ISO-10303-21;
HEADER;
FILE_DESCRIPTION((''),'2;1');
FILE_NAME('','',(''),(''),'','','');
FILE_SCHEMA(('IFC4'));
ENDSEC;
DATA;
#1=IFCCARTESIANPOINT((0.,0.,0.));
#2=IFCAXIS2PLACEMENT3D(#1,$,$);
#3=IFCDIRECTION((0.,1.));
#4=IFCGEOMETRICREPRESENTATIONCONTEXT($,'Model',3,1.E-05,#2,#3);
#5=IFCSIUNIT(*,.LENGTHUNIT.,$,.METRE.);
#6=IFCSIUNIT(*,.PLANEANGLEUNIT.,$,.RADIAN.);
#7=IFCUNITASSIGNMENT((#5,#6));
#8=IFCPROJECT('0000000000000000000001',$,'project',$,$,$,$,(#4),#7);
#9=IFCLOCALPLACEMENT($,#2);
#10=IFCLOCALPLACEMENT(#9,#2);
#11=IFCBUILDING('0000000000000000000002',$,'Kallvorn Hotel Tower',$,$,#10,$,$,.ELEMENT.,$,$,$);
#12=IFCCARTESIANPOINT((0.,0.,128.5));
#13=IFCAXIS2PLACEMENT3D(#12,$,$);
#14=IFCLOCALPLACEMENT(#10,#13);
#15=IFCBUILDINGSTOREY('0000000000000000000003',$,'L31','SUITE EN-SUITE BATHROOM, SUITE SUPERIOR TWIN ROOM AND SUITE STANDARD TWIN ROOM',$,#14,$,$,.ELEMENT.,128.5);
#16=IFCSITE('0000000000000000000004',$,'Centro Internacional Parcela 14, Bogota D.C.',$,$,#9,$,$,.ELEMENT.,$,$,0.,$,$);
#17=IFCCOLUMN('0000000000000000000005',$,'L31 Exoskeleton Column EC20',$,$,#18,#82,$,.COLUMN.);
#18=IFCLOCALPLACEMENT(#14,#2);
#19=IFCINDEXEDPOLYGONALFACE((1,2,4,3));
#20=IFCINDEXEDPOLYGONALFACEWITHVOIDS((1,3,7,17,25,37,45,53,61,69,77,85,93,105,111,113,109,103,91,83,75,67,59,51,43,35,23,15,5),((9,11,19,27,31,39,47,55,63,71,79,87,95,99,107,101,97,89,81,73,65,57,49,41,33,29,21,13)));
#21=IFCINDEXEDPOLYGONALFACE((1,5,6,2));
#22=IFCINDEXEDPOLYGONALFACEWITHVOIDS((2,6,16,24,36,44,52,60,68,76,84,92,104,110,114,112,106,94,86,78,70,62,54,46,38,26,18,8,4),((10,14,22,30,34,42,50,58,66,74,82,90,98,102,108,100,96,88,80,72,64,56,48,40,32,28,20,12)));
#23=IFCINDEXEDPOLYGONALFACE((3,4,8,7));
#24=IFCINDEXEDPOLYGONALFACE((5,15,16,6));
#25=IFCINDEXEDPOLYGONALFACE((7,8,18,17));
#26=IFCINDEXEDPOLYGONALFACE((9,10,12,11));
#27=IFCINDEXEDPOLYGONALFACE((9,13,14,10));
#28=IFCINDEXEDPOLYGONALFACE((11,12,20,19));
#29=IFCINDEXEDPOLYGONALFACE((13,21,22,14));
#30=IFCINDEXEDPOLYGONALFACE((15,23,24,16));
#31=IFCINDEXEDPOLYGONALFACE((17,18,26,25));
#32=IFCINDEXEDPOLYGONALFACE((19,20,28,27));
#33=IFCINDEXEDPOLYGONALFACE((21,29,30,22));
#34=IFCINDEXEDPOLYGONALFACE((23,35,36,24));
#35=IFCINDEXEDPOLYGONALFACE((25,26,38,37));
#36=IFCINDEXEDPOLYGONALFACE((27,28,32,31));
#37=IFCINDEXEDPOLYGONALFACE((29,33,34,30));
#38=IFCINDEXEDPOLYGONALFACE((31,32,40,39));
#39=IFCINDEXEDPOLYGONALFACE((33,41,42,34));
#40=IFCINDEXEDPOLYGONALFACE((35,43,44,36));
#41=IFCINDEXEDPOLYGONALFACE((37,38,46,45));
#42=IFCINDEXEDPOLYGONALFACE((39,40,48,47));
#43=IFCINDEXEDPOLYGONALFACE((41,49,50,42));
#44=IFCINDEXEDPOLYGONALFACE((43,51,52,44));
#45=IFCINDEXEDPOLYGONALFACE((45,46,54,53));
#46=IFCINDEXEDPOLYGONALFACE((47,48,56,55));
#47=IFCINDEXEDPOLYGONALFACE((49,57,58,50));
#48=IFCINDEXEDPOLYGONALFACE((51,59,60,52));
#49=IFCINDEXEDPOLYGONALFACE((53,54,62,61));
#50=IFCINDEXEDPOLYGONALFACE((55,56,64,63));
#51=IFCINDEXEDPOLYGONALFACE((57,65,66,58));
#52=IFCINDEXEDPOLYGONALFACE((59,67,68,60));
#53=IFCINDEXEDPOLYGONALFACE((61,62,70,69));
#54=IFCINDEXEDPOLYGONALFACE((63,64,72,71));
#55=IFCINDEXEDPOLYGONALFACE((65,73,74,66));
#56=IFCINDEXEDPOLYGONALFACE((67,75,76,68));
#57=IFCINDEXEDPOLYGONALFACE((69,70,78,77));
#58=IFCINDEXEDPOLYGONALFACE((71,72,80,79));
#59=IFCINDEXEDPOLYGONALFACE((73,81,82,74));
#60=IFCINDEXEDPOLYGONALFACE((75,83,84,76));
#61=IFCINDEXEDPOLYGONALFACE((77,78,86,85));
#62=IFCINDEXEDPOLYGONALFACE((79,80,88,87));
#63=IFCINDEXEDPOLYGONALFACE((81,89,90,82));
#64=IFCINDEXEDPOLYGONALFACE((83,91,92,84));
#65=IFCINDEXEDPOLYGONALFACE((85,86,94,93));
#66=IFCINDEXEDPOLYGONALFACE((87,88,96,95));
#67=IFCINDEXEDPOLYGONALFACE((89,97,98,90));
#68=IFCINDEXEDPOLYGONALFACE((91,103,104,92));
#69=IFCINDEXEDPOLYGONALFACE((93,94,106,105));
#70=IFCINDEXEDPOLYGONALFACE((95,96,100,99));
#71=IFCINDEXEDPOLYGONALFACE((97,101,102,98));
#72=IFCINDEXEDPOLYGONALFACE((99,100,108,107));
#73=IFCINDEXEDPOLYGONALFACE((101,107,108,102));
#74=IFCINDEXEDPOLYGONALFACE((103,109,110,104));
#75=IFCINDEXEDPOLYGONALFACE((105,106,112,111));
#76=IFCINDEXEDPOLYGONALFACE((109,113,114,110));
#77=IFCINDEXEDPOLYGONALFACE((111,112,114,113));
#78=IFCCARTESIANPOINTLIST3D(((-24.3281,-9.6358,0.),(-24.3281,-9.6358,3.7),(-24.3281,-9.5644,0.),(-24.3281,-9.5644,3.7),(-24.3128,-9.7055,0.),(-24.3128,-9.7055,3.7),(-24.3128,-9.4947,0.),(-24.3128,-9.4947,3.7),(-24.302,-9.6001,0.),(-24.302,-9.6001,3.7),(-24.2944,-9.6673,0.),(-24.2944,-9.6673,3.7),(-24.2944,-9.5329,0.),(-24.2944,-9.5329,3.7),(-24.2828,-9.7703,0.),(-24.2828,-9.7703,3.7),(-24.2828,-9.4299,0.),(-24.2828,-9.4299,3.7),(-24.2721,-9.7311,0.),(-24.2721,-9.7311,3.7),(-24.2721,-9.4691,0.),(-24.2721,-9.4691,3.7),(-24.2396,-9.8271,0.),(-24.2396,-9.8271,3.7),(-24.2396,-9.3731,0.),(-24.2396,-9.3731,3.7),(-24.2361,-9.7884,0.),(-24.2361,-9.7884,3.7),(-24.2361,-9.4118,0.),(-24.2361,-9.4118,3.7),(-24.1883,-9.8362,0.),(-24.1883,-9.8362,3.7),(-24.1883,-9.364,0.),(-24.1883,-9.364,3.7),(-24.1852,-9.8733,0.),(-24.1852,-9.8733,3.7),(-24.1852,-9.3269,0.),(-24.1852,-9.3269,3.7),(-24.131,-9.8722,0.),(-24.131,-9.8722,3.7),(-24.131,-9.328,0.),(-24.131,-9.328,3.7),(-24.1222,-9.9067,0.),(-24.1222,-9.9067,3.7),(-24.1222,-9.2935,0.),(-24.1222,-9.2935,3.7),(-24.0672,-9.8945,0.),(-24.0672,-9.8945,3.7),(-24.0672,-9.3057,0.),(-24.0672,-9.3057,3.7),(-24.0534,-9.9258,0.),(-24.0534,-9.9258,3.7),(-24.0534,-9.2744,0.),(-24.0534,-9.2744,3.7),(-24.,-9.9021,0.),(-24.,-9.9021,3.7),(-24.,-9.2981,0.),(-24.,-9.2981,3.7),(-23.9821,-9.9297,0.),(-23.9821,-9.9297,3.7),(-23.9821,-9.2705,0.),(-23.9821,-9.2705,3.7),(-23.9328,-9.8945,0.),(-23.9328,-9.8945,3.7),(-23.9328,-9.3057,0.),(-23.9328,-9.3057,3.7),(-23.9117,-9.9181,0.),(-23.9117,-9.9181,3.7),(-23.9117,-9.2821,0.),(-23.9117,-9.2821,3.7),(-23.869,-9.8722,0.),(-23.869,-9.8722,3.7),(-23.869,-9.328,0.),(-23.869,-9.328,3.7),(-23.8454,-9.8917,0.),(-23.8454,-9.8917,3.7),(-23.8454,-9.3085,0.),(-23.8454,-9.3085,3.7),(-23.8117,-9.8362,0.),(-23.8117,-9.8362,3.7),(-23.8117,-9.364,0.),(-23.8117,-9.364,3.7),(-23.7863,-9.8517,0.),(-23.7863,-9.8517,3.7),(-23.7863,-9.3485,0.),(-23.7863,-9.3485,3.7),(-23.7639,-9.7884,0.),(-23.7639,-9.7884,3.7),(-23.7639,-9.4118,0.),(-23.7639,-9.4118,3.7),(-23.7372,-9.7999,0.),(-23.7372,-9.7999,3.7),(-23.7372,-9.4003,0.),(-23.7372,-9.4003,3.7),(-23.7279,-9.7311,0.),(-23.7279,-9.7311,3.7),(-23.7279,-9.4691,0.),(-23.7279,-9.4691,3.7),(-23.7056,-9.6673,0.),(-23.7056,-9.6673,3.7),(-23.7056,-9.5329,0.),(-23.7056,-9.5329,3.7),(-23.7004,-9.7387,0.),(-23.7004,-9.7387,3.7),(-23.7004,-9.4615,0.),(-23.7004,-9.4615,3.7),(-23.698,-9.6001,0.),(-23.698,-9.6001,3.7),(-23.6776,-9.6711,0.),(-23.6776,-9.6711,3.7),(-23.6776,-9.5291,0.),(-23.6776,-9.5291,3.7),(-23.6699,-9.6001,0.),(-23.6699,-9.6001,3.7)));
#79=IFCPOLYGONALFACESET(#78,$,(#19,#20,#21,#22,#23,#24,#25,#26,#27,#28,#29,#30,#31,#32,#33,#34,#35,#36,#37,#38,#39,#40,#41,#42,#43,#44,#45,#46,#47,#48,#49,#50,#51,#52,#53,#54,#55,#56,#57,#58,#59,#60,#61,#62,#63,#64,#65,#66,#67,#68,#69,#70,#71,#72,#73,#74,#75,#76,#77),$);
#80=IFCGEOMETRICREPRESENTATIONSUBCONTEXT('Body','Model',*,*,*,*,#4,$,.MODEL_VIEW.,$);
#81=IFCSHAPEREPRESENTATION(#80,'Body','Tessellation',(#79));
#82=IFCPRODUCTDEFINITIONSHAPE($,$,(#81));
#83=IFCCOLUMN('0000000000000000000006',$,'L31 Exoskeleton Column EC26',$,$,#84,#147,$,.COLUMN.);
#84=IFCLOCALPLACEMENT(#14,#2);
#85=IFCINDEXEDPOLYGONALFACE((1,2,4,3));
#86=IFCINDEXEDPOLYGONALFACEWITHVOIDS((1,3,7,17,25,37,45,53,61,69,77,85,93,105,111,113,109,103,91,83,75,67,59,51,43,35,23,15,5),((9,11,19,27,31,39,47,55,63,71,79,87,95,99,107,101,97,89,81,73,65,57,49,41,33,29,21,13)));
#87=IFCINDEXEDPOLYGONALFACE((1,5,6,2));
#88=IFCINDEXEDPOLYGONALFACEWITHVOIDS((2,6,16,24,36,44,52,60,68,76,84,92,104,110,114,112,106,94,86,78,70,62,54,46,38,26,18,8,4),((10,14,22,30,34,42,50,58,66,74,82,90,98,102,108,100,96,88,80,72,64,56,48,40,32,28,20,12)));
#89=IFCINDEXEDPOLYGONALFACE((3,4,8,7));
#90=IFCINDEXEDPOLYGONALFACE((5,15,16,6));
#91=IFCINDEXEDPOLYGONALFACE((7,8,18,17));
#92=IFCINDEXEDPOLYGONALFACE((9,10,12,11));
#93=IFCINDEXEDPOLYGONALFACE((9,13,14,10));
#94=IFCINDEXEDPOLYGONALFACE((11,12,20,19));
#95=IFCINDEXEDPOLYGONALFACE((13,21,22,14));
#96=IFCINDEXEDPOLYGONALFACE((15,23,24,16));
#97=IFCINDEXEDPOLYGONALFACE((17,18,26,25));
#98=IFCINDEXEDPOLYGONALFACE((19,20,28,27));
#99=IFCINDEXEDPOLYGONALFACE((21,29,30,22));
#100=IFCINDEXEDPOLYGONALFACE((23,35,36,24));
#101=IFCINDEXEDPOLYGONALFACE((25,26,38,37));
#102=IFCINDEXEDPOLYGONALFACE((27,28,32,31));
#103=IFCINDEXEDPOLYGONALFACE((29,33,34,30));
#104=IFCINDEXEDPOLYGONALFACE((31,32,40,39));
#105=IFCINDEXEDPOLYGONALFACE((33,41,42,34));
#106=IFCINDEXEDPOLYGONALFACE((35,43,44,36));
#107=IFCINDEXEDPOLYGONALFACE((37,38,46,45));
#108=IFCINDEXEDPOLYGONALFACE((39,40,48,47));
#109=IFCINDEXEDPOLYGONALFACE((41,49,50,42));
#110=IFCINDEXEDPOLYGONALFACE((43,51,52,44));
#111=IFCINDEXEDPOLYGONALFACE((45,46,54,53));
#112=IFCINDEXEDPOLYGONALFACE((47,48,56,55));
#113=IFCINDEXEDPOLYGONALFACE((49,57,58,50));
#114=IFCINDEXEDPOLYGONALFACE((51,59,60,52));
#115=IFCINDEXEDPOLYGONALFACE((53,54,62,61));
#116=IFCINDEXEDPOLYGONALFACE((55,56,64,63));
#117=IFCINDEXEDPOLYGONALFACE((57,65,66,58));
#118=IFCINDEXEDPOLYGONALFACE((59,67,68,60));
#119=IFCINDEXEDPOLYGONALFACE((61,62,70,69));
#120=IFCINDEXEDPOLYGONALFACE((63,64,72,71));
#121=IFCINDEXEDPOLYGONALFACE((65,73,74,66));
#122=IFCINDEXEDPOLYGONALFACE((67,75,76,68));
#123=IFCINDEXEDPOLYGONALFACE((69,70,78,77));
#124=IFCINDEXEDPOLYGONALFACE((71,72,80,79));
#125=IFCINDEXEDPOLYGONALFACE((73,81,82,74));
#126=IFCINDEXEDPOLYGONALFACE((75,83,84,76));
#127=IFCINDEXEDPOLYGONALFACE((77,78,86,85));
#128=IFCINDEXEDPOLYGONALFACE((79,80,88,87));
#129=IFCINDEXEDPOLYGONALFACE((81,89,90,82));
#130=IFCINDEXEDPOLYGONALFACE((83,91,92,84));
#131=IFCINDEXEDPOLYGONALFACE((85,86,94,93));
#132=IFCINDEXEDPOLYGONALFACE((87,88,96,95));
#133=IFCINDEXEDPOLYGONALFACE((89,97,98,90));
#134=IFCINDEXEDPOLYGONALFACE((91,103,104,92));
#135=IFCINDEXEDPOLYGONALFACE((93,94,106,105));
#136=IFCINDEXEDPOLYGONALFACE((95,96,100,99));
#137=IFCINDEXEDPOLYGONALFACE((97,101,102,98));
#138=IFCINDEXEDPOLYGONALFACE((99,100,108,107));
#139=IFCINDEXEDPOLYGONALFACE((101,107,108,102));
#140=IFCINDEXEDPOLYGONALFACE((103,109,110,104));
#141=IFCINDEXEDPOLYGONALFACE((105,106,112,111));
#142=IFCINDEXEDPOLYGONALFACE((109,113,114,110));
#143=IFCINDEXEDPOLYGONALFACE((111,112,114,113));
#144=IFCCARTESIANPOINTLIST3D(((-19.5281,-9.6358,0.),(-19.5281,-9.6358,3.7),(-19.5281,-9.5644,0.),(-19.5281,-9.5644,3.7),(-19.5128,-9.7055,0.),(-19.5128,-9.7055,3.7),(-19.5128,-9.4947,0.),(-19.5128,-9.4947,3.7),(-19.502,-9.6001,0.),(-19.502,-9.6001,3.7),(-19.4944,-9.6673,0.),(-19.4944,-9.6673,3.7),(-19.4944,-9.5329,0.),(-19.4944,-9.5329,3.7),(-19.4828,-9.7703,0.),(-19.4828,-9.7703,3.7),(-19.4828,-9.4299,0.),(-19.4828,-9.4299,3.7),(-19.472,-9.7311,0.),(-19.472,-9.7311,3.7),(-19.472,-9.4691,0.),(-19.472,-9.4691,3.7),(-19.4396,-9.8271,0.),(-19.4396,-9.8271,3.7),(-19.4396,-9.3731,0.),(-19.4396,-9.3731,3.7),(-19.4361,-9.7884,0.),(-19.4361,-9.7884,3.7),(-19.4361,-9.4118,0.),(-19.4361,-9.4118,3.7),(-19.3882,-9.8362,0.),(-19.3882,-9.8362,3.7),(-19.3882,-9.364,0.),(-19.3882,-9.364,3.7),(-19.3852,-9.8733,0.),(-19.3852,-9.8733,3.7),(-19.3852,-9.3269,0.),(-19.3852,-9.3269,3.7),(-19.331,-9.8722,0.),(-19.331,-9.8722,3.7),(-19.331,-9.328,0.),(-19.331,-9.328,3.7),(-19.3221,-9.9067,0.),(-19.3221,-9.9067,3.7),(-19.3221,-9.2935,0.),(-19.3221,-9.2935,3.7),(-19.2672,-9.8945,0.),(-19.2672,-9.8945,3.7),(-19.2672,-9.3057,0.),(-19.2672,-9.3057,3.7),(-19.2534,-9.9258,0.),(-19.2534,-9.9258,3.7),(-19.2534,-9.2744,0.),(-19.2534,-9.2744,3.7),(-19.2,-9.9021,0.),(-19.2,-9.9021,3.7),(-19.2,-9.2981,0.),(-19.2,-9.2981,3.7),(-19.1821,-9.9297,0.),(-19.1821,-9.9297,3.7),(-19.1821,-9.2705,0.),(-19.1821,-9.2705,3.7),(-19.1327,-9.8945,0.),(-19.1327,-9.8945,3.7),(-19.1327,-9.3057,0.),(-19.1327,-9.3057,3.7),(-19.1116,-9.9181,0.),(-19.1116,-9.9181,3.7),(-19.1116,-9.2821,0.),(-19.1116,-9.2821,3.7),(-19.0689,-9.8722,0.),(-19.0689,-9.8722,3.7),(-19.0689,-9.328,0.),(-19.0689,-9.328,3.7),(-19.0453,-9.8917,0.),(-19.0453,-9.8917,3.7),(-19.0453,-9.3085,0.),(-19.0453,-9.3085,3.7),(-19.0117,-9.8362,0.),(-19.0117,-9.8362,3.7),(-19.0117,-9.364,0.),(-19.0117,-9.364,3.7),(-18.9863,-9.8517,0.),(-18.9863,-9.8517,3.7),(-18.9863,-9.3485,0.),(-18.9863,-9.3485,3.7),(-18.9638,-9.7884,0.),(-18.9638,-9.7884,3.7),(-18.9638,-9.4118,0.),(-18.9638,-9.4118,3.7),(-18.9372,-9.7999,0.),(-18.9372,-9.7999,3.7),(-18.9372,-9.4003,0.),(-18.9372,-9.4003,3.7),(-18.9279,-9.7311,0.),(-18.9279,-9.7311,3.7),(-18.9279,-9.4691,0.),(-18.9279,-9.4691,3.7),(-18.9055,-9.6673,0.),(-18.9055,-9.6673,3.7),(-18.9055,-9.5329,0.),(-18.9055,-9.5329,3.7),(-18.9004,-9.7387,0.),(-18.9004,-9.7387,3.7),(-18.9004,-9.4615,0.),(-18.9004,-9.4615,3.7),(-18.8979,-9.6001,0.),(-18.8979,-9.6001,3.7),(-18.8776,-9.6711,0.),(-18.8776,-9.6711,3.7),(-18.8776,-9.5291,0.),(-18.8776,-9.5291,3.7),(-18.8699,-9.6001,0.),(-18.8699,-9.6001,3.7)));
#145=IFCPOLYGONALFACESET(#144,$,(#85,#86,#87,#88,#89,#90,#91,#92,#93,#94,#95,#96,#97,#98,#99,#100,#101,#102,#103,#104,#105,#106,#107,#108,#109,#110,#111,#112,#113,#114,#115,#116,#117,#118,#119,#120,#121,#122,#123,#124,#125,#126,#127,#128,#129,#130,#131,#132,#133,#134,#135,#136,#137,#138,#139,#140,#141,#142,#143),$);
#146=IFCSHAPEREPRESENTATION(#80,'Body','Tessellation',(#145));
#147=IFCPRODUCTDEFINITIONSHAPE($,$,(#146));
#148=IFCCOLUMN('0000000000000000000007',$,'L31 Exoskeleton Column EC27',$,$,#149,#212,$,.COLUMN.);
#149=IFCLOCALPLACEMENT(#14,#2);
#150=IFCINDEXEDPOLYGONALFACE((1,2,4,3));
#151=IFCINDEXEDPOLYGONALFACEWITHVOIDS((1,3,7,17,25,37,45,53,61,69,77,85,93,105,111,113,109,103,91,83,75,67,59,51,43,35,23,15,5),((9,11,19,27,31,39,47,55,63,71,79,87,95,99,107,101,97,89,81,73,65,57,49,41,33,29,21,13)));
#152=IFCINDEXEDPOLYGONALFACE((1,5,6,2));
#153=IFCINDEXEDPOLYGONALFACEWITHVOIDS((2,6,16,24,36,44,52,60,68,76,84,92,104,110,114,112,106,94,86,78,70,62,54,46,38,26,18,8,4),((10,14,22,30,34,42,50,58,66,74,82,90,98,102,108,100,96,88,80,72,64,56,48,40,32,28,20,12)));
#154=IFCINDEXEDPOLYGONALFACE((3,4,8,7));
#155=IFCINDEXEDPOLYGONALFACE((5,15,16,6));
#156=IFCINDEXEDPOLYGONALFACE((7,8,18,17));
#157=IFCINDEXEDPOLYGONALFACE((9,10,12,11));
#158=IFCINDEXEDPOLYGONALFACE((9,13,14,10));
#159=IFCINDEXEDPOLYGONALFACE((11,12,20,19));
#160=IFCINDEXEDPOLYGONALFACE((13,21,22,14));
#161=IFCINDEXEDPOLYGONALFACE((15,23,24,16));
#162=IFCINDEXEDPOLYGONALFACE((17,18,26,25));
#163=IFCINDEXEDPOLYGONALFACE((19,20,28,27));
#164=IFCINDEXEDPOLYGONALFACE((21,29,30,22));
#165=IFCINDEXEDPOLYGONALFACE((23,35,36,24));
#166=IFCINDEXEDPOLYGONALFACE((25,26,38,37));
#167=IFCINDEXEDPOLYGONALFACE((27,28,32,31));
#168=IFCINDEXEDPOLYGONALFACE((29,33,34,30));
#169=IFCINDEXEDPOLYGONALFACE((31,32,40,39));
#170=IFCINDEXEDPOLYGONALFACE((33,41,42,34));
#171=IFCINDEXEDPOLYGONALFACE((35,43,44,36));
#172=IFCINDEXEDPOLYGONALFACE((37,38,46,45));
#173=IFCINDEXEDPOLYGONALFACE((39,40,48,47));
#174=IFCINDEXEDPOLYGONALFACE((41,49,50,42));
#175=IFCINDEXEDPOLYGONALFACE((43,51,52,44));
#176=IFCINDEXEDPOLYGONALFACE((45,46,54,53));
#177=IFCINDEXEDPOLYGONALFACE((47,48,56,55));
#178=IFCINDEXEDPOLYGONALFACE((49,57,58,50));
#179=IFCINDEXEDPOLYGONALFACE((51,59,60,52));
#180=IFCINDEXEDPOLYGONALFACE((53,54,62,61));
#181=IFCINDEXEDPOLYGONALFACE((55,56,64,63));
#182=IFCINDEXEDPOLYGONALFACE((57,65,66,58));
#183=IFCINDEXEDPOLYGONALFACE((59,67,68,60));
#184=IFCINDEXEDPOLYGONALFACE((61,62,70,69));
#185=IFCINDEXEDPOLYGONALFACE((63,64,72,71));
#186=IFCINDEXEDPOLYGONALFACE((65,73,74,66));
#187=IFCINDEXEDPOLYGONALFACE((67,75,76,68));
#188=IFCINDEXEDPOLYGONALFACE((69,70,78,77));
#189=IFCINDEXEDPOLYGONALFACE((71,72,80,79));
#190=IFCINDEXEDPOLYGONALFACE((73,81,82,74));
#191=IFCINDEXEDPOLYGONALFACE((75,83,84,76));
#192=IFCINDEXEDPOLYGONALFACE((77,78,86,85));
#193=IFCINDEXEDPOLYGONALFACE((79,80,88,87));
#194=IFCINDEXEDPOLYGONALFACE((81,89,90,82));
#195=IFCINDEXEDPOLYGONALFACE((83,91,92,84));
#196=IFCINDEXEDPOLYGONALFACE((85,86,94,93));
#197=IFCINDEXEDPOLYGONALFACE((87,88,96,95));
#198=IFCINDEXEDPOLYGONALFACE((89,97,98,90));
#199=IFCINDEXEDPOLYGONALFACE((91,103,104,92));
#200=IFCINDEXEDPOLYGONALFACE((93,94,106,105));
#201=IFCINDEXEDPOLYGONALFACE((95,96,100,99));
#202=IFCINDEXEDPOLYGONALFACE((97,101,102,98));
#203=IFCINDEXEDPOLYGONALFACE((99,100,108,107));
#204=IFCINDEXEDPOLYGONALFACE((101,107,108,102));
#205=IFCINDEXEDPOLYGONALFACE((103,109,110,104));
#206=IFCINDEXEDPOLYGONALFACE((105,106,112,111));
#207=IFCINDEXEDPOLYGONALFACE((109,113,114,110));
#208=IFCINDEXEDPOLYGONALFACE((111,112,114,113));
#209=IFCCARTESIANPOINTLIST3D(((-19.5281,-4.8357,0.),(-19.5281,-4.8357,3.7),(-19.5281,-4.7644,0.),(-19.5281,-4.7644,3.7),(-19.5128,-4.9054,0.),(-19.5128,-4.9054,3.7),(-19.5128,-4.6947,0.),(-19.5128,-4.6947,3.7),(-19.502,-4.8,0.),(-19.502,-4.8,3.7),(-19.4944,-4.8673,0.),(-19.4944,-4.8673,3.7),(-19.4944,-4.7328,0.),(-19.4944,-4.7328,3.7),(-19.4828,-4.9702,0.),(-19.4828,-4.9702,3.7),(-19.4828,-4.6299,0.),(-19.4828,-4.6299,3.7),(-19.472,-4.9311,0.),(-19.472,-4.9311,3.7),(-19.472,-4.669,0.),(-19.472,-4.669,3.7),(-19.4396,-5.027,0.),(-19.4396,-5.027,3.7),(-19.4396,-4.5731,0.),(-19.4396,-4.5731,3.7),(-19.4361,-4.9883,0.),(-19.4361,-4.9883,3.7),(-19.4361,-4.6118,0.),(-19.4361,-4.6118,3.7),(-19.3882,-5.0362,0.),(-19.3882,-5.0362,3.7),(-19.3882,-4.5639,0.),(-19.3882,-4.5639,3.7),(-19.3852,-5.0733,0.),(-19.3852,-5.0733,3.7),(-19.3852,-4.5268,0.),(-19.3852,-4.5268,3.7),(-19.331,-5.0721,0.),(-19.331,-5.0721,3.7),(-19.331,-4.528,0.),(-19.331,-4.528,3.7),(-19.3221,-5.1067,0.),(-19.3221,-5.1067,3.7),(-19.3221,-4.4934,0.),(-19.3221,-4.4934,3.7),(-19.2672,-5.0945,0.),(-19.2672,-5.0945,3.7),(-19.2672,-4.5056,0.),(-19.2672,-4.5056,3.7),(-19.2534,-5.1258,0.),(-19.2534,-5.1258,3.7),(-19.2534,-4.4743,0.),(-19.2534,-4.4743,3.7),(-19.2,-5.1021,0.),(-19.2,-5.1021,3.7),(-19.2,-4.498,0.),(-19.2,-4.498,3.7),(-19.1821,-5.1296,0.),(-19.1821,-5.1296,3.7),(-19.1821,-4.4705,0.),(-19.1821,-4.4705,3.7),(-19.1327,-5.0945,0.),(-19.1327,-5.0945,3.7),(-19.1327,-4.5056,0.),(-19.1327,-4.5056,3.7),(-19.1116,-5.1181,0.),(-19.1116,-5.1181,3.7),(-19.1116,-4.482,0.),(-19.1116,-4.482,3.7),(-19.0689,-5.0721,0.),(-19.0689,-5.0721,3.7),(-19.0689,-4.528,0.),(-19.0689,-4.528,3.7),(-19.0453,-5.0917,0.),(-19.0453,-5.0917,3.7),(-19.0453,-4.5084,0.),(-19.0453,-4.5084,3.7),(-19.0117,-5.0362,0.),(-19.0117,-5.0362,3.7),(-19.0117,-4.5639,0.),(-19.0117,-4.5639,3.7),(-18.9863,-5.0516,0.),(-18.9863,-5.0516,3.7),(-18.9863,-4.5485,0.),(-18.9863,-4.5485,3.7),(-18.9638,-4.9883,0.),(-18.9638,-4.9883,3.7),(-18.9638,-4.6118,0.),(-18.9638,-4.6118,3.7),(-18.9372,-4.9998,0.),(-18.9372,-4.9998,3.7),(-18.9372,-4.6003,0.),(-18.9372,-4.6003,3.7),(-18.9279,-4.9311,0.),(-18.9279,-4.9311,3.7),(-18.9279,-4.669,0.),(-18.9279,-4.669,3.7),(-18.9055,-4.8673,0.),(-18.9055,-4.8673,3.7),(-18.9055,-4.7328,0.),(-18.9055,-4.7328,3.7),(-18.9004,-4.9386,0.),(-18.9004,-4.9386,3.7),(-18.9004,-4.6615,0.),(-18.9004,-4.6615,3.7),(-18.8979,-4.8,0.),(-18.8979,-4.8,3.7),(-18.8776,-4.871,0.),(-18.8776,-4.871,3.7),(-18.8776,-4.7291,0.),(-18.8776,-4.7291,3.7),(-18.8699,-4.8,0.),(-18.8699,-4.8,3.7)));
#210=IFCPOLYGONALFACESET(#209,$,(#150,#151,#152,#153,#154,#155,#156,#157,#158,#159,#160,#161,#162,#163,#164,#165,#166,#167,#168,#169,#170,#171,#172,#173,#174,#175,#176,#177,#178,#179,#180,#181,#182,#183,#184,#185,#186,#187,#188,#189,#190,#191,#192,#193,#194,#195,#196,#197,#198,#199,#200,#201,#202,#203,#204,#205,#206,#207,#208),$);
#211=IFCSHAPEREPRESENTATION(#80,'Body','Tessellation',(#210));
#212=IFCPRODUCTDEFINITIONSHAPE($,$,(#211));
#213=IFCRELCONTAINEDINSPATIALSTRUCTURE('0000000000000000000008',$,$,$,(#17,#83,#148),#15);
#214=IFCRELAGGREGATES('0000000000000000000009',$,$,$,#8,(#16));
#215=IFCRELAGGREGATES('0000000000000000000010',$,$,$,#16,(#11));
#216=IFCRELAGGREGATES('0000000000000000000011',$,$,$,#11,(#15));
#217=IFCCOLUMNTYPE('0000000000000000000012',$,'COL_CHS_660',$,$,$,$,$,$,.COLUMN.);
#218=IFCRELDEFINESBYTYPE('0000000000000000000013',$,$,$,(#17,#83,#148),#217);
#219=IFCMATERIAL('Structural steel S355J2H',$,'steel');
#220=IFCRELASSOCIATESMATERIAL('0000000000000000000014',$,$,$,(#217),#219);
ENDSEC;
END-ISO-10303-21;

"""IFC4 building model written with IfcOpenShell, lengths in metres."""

from ifc_helpers import new_model, si_unit, direction, frame, origin, origin_2d, place, context, subcontext, project, spatial, hollow_circle, extrude, material, material_profile, profile_set, type_object, element, save


model = new_model("IFC4")

# Units and contexts
model_context = context("Model", 3, precision=1e-05, world=origin(), true_north=direction((0.0, 1.0)))
body_context = subcontext(model_context, "Body", "Model", "MODEL_VIEW")
ifc_project = project(units=[si_unit("LENGTHUNIT", "METRE"), si_unit("PLANEANGLEUNIT", "RADIAN")], contexts=[model_context])

# Site, building, storey
site_placement = place(None, origin())
site = spatial("IfcSite", under=ifc_project, at=site_placement, Name="Centro Internacional Parcela 14, Bogota D.C.", CompositionType="ELEMENT", RefElevation=0.0)
building_placement = place(site_placement, origin())
building = spatial("IfcBuilding", under=site, at=building_placement, Name="Kallvorn Hotel Tower", CompositionType="ELEMENT")
storey_placement = place(building_placement, frame((0.0, 0.0, 128.5)))
storey = spatial("IfcBuildingStorey", under=building, at=storey_placement, Name="L31", Description="SUITE EN-SUITE BATHROOM, SUITE SUPERIOR TWIN ROOM AND SUITE STANDARD TWIN ROOM", CompositionType="ELEMENT", Elevation=128.5)

# Columns
ifc_material_1 = material(Name="Structural steel S355J2H", Category="steel")
ifc_material_profile_1 = material_profile(ifc_material_1, hollow_circle(Radius=0.3301, WallThickness=0.0281, at=origin_2d()), Name="CHS 660x28")
ifc_profile_set_1 = profile_set([ifc_material_profile_1], Name="Structural steel S355J2H")
column_type_1 = type_object("IfcColumnType", Name="COL_CHS_660", PredefinedType="COLUMN", material=ifc_profile_set_1)
for number, where, z_axis, x_axis, name in (
    (1, (-24.0, -9.6001, 0.0), (0.0, 0.0, 1.0), (1.0, 0.0, 0.0), "L31 Exoskeleton Column EC20"),
    (2, (-19.2, -9.6001, 0.0), (0.0, 0.0, 1.0), (1.0, 0.0, 0.0), "L31 Exoskeleton Column EC26"),
    (3, (-19.2, -4.8, 0.0), (0.0, 0.0, 1.0), (1.0, 0.0, 0.0), "L31 Exoskeleton Column EC27"),
):
    element("IfcColumn", number, at=place(storey_placement, frame(where, z_axis=z_axis, x_axis=x_axis)), inside=storey, type_object=column_type_1, Name=name, PredefinedType="COLUMN", context=body_context, shape_type="SweptSolid", body=[
        extrude(hollow_circle(Radius=0.3301, WallThickness=0.0281, at=origin_2d()), origin(), (0.0, 0.0, 1.0), 3.7),
    ])

save(model, "model.ifc")
